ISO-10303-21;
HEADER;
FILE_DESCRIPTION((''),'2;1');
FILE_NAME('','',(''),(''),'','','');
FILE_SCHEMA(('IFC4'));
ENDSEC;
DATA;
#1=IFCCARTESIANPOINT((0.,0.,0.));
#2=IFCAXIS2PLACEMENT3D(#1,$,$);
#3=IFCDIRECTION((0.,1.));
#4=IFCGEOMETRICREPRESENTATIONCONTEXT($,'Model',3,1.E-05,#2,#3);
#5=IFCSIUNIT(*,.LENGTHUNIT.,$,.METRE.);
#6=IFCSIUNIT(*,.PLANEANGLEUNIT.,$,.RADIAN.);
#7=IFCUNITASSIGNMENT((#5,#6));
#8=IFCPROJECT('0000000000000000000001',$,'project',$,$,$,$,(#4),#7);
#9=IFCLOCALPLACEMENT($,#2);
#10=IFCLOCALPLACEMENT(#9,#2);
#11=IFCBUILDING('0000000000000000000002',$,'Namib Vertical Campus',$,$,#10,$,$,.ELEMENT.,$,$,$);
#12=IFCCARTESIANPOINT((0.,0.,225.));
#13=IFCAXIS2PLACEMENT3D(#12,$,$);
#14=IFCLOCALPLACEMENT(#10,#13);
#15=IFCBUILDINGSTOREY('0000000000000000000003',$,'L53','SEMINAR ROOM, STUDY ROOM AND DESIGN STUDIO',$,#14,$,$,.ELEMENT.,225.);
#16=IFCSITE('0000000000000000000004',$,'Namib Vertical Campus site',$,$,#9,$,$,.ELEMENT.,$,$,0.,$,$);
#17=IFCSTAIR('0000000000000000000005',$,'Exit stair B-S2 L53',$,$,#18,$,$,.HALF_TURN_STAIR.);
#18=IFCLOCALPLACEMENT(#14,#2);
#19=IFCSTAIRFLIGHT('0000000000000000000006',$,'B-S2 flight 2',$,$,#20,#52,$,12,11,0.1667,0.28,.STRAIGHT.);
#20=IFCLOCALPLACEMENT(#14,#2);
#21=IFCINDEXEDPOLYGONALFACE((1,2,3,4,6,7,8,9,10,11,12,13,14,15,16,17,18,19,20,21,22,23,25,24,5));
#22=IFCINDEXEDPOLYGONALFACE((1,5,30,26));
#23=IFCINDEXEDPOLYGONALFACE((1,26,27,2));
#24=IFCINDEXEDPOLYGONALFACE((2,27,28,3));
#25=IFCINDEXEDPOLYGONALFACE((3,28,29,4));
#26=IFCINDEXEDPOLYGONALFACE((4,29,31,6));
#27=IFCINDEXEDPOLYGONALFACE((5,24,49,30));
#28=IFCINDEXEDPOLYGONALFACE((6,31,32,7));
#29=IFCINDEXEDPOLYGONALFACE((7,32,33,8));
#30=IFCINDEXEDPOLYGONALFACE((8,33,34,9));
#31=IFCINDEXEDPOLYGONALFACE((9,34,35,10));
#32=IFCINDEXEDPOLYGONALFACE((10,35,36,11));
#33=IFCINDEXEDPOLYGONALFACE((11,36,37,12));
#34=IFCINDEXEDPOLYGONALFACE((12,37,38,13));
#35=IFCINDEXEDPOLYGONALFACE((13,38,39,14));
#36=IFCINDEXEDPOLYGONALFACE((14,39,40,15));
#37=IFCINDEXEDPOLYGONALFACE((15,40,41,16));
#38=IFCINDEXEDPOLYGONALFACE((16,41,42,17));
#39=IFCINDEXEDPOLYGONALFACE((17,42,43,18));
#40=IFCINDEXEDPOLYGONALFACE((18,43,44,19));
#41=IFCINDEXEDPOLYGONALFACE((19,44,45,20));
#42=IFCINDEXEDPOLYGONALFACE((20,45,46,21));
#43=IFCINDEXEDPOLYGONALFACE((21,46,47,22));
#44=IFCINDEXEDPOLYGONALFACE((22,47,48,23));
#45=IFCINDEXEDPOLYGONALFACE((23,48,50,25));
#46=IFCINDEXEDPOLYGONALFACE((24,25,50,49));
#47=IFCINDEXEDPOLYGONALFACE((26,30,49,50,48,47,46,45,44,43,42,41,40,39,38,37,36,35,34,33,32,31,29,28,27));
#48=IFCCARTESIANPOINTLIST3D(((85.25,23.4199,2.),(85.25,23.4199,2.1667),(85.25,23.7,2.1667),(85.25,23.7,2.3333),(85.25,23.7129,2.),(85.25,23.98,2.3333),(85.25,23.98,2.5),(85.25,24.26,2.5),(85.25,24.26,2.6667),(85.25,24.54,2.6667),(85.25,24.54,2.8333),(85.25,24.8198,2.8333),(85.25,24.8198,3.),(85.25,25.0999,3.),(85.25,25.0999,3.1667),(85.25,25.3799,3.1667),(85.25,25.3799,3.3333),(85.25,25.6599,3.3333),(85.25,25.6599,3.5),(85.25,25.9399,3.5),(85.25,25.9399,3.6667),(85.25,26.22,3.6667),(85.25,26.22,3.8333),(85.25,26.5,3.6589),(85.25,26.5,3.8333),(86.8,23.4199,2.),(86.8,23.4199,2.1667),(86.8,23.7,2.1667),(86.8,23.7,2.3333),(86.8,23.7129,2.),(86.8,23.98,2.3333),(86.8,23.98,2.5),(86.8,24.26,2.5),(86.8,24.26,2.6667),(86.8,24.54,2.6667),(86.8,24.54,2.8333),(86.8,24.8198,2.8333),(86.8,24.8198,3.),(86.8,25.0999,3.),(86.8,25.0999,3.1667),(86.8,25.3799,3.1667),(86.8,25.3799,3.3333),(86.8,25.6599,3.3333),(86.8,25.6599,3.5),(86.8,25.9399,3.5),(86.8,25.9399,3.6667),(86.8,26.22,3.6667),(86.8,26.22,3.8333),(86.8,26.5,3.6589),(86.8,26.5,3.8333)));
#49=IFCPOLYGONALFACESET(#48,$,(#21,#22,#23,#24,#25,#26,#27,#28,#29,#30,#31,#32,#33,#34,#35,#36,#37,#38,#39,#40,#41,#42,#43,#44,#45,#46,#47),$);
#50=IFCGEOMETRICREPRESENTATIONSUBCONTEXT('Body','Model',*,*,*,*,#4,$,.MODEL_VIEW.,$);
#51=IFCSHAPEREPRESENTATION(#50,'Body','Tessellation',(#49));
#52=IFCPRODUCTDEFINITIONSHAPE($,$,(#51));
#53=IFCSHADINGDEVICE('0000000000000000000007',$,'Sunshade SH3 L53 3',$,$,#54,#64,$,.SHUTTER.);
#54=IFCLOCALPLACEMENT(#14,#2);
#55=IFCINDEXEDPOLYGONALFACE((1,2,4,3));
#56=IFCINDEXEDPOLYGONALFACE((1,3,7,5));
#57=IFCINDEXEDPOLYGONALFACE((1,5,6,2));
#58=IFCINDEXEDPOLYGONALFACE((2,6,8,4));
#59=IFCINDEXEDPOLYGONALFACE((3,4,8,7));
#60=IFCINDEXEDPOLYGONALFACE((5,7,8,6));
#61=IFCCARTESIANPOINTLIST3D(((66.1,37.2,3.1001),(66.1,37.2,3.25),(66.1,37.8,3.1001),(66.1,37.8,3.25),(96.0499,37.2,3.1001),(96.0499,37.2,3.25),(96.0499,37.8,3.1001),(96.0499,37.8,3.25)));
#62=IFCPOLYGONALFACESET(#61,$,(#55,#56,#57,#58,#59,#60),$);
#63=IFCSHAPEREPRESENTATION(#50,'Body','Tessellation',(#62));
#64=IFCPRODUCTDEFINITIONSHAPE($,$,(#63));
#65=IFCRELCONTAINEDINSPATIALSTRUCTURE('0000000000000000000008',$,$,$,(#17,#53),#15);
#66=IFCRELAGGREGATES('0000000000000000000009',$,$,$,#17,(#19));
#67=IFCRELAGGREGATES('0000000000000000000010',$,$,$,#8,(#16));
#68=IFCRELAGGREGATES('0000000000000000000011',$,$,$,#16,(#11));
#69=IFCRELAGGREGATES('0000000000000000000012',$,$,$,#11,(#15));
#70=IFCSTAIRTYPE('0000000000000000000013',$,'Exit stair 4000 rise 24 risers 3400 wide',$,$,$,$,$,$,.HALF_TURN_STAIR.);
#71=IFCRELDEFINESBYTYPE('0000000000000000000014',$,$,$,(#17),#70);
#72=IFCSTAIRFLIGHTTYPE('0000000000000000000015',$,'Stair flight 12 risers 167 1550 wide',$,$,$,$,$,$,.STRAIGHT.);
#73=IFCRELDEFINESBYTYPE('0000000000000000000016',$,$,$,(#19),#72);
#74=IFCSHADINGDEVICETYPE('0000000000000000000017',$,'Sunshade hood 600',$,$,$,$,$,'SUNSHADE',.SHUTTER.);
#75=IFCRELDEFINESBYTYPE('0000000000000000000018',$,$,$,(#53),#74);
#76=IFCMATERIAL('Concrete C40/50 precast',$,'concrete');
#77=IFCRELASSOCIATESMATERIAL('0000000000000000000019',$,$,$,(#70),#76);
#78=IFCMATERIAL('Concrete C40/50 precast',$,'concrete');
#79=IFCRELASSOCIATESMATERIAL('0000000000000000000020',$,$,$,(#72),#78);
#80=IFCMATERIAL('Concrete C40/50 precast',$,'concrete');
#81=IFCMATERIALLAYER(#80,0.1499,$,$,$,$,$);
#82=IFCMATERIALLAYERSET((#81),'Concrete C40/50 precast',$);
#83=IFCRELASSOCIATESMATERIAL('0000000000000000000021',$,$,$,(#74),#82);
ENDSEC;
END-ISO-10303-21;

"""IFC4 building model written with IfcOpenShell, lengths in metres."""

from ifc_helpers import new_model, si_unit, direction, frame, origin, origin_2d, place, context, subcontext, project, spatial, polyline, rectangle, outline, extrude, material, layer, layer_set, type_object, element, aggregate, save


model = new_model("IFC4")

# Units and contexts
model_context = context("Model", 3, precision=1e-05, world=origin(), true_north=direction((0.0, 1.0)))
body_context = subcontext(model_context, "Body", "Model", "MODEL_VIEW")
ifc_project = project(units=[si_unit("LENGTHUNIT", "METRE"), si_unit("PLANEANGLEUNIT", "RADIAN")], contexts=[model_context])

# Site, building, storey
site_placement = place(None, origin())
site = spatial("IfcSite", under=ifc_project, at=site_placement, Name="Namib Vertical Campus site", CompositionType="ELEMENT", RefElevation=0.0)
building_placement = place(site_placement, origin())
building = spatial("IfcBuilding", under=site, at=building_placement, Name="Namib Vertical Campus", CompositionType="ELEMENT")
storey_placement = place(building_placement, frame((0.0, 0.0, 225.0)))
storey = spatial("IfcBuildingStorey", under=building, at=storey_placement, Name="L53", Description="SEMINAR ROOM, STUDY ROOM AND DESIGN STUDIO", CompositionType="ELEMENT", Elevation=225.0)

# Stair, stair flight
ifc_material_1 = material(Name="Concrete C40/50 precast", Category="concrete")
stair_type = type_object("IfcStairType", Name="Exit stair 4000 rise 24 risers 3400 wide", PredefinedType="HALF_TURN_STAIR", material=ifc_material_1)
stair_placement = place(storey_placement, origin())
stair = element("IfcStair", 1, at=stair_placement, inside=storey, type_object=stair_type, Name="Exit stair B-S2 L53", PredefinedType="HALF_TURN_STAIR")
ifc_material_2 = material(Name="Concrete C40/50 precast", Category="concrete")
stair_flight_type = type_object("IfcStairFlightType", Name="Stair flight 12 risers 167 1550 wide", PredefinedType="STRAIGHT", material=ifc_material_2)
stair_flight_1_placement = place(storey_placement, frame((86.0249, 23.4199, 2.0), z_axis=(0.0, 0.0, 1.0), x_axis=(0.0, 1.0, 0.0)))
stair_flight_1 = element("IfcStairFlight", 2, at=stair_flight_1_placement, type_object=stair_flight_type, Name="B-S2 flight 2", NumberOfRisers=12, NumberOfTreads=11, PredefinedType="STRAIGHT", RiserHeight=0.1667, TreadLength=0.28, context=body_context, shape_type="SweptSolid", body=[
    extrude(outline(polyline([(0.0, 0.0), (0.0, 0.1667), (0.28, 0.1667), (0.28, 0.3333), (0.5601, 0.3333), (0.5601, 0.5), (0.8401, 0.5), (0.8401, 0.6667), (1.1201, 0.6667), (1.1201, 0.8333), (1.3999, 0.8333), (1.3999, 1.0), (1.6799, 1.0), (1.6799, 1.1667), (1.96, 1.1667), (1.96, 1.3333), (2.24, 1.3333), (2.24, 1.5), (2.52, 1.5), (2.52, 1.6667), (2.8, 1.6667), (2.8, 1.8333), (3.0801, 1.8333), (3.0801, 2.0), (3.0801, 1.6589), (0.293, 0.0), (0.0, 0.0)])), frame((0.0, 0.7749, 0.0), z_axis=(0.0, -1.0, 0.0), x_axis=(1.0, 0.0, 0.0)), (0.0, 0.0, 1.0), 1.55),
])
aggregate(stair, [stair_flight_1])

# Shading device
ifc_material_3 = material(Name="Concrete C40/50 precast", Category="concrete")
ifc_layer_1 = layer(ifc_material_3, 0.1499)
ifc_layer_set_1 = layer_set([ifc_layer_1], Name="Concrete C40/50 precast")
shading_device_type = type_object("IfcShadingDeviceType", Name="Sunshade hood 600", ElementType="SUNSHADE", PredefinedType="SHUTTER", material=ifc_layer_set_1)
shading_device_placement = place(storey_placement, frame((81.075, 37.5, 3.1001), z_axis=(0.0, 0.0, 1.0), x_axis=(-1.0, 0.0, 0.0)))
element("IfcShadingDevice", 3, at=shading_device_placement, inside=storey, type_object=shading_device_type, Name="Sunshade SH3 L53 3", PredefinedType="SHUTTER", context=body_context, shape_type="SweptSolid", body=[
    extrude(rectangle(XDim=29.95, YDim=0.6001, at=origin_2d()), origin(), (0.0, 0.0, 1.0), 0.1499),
])

save(model, "model.ifc")
